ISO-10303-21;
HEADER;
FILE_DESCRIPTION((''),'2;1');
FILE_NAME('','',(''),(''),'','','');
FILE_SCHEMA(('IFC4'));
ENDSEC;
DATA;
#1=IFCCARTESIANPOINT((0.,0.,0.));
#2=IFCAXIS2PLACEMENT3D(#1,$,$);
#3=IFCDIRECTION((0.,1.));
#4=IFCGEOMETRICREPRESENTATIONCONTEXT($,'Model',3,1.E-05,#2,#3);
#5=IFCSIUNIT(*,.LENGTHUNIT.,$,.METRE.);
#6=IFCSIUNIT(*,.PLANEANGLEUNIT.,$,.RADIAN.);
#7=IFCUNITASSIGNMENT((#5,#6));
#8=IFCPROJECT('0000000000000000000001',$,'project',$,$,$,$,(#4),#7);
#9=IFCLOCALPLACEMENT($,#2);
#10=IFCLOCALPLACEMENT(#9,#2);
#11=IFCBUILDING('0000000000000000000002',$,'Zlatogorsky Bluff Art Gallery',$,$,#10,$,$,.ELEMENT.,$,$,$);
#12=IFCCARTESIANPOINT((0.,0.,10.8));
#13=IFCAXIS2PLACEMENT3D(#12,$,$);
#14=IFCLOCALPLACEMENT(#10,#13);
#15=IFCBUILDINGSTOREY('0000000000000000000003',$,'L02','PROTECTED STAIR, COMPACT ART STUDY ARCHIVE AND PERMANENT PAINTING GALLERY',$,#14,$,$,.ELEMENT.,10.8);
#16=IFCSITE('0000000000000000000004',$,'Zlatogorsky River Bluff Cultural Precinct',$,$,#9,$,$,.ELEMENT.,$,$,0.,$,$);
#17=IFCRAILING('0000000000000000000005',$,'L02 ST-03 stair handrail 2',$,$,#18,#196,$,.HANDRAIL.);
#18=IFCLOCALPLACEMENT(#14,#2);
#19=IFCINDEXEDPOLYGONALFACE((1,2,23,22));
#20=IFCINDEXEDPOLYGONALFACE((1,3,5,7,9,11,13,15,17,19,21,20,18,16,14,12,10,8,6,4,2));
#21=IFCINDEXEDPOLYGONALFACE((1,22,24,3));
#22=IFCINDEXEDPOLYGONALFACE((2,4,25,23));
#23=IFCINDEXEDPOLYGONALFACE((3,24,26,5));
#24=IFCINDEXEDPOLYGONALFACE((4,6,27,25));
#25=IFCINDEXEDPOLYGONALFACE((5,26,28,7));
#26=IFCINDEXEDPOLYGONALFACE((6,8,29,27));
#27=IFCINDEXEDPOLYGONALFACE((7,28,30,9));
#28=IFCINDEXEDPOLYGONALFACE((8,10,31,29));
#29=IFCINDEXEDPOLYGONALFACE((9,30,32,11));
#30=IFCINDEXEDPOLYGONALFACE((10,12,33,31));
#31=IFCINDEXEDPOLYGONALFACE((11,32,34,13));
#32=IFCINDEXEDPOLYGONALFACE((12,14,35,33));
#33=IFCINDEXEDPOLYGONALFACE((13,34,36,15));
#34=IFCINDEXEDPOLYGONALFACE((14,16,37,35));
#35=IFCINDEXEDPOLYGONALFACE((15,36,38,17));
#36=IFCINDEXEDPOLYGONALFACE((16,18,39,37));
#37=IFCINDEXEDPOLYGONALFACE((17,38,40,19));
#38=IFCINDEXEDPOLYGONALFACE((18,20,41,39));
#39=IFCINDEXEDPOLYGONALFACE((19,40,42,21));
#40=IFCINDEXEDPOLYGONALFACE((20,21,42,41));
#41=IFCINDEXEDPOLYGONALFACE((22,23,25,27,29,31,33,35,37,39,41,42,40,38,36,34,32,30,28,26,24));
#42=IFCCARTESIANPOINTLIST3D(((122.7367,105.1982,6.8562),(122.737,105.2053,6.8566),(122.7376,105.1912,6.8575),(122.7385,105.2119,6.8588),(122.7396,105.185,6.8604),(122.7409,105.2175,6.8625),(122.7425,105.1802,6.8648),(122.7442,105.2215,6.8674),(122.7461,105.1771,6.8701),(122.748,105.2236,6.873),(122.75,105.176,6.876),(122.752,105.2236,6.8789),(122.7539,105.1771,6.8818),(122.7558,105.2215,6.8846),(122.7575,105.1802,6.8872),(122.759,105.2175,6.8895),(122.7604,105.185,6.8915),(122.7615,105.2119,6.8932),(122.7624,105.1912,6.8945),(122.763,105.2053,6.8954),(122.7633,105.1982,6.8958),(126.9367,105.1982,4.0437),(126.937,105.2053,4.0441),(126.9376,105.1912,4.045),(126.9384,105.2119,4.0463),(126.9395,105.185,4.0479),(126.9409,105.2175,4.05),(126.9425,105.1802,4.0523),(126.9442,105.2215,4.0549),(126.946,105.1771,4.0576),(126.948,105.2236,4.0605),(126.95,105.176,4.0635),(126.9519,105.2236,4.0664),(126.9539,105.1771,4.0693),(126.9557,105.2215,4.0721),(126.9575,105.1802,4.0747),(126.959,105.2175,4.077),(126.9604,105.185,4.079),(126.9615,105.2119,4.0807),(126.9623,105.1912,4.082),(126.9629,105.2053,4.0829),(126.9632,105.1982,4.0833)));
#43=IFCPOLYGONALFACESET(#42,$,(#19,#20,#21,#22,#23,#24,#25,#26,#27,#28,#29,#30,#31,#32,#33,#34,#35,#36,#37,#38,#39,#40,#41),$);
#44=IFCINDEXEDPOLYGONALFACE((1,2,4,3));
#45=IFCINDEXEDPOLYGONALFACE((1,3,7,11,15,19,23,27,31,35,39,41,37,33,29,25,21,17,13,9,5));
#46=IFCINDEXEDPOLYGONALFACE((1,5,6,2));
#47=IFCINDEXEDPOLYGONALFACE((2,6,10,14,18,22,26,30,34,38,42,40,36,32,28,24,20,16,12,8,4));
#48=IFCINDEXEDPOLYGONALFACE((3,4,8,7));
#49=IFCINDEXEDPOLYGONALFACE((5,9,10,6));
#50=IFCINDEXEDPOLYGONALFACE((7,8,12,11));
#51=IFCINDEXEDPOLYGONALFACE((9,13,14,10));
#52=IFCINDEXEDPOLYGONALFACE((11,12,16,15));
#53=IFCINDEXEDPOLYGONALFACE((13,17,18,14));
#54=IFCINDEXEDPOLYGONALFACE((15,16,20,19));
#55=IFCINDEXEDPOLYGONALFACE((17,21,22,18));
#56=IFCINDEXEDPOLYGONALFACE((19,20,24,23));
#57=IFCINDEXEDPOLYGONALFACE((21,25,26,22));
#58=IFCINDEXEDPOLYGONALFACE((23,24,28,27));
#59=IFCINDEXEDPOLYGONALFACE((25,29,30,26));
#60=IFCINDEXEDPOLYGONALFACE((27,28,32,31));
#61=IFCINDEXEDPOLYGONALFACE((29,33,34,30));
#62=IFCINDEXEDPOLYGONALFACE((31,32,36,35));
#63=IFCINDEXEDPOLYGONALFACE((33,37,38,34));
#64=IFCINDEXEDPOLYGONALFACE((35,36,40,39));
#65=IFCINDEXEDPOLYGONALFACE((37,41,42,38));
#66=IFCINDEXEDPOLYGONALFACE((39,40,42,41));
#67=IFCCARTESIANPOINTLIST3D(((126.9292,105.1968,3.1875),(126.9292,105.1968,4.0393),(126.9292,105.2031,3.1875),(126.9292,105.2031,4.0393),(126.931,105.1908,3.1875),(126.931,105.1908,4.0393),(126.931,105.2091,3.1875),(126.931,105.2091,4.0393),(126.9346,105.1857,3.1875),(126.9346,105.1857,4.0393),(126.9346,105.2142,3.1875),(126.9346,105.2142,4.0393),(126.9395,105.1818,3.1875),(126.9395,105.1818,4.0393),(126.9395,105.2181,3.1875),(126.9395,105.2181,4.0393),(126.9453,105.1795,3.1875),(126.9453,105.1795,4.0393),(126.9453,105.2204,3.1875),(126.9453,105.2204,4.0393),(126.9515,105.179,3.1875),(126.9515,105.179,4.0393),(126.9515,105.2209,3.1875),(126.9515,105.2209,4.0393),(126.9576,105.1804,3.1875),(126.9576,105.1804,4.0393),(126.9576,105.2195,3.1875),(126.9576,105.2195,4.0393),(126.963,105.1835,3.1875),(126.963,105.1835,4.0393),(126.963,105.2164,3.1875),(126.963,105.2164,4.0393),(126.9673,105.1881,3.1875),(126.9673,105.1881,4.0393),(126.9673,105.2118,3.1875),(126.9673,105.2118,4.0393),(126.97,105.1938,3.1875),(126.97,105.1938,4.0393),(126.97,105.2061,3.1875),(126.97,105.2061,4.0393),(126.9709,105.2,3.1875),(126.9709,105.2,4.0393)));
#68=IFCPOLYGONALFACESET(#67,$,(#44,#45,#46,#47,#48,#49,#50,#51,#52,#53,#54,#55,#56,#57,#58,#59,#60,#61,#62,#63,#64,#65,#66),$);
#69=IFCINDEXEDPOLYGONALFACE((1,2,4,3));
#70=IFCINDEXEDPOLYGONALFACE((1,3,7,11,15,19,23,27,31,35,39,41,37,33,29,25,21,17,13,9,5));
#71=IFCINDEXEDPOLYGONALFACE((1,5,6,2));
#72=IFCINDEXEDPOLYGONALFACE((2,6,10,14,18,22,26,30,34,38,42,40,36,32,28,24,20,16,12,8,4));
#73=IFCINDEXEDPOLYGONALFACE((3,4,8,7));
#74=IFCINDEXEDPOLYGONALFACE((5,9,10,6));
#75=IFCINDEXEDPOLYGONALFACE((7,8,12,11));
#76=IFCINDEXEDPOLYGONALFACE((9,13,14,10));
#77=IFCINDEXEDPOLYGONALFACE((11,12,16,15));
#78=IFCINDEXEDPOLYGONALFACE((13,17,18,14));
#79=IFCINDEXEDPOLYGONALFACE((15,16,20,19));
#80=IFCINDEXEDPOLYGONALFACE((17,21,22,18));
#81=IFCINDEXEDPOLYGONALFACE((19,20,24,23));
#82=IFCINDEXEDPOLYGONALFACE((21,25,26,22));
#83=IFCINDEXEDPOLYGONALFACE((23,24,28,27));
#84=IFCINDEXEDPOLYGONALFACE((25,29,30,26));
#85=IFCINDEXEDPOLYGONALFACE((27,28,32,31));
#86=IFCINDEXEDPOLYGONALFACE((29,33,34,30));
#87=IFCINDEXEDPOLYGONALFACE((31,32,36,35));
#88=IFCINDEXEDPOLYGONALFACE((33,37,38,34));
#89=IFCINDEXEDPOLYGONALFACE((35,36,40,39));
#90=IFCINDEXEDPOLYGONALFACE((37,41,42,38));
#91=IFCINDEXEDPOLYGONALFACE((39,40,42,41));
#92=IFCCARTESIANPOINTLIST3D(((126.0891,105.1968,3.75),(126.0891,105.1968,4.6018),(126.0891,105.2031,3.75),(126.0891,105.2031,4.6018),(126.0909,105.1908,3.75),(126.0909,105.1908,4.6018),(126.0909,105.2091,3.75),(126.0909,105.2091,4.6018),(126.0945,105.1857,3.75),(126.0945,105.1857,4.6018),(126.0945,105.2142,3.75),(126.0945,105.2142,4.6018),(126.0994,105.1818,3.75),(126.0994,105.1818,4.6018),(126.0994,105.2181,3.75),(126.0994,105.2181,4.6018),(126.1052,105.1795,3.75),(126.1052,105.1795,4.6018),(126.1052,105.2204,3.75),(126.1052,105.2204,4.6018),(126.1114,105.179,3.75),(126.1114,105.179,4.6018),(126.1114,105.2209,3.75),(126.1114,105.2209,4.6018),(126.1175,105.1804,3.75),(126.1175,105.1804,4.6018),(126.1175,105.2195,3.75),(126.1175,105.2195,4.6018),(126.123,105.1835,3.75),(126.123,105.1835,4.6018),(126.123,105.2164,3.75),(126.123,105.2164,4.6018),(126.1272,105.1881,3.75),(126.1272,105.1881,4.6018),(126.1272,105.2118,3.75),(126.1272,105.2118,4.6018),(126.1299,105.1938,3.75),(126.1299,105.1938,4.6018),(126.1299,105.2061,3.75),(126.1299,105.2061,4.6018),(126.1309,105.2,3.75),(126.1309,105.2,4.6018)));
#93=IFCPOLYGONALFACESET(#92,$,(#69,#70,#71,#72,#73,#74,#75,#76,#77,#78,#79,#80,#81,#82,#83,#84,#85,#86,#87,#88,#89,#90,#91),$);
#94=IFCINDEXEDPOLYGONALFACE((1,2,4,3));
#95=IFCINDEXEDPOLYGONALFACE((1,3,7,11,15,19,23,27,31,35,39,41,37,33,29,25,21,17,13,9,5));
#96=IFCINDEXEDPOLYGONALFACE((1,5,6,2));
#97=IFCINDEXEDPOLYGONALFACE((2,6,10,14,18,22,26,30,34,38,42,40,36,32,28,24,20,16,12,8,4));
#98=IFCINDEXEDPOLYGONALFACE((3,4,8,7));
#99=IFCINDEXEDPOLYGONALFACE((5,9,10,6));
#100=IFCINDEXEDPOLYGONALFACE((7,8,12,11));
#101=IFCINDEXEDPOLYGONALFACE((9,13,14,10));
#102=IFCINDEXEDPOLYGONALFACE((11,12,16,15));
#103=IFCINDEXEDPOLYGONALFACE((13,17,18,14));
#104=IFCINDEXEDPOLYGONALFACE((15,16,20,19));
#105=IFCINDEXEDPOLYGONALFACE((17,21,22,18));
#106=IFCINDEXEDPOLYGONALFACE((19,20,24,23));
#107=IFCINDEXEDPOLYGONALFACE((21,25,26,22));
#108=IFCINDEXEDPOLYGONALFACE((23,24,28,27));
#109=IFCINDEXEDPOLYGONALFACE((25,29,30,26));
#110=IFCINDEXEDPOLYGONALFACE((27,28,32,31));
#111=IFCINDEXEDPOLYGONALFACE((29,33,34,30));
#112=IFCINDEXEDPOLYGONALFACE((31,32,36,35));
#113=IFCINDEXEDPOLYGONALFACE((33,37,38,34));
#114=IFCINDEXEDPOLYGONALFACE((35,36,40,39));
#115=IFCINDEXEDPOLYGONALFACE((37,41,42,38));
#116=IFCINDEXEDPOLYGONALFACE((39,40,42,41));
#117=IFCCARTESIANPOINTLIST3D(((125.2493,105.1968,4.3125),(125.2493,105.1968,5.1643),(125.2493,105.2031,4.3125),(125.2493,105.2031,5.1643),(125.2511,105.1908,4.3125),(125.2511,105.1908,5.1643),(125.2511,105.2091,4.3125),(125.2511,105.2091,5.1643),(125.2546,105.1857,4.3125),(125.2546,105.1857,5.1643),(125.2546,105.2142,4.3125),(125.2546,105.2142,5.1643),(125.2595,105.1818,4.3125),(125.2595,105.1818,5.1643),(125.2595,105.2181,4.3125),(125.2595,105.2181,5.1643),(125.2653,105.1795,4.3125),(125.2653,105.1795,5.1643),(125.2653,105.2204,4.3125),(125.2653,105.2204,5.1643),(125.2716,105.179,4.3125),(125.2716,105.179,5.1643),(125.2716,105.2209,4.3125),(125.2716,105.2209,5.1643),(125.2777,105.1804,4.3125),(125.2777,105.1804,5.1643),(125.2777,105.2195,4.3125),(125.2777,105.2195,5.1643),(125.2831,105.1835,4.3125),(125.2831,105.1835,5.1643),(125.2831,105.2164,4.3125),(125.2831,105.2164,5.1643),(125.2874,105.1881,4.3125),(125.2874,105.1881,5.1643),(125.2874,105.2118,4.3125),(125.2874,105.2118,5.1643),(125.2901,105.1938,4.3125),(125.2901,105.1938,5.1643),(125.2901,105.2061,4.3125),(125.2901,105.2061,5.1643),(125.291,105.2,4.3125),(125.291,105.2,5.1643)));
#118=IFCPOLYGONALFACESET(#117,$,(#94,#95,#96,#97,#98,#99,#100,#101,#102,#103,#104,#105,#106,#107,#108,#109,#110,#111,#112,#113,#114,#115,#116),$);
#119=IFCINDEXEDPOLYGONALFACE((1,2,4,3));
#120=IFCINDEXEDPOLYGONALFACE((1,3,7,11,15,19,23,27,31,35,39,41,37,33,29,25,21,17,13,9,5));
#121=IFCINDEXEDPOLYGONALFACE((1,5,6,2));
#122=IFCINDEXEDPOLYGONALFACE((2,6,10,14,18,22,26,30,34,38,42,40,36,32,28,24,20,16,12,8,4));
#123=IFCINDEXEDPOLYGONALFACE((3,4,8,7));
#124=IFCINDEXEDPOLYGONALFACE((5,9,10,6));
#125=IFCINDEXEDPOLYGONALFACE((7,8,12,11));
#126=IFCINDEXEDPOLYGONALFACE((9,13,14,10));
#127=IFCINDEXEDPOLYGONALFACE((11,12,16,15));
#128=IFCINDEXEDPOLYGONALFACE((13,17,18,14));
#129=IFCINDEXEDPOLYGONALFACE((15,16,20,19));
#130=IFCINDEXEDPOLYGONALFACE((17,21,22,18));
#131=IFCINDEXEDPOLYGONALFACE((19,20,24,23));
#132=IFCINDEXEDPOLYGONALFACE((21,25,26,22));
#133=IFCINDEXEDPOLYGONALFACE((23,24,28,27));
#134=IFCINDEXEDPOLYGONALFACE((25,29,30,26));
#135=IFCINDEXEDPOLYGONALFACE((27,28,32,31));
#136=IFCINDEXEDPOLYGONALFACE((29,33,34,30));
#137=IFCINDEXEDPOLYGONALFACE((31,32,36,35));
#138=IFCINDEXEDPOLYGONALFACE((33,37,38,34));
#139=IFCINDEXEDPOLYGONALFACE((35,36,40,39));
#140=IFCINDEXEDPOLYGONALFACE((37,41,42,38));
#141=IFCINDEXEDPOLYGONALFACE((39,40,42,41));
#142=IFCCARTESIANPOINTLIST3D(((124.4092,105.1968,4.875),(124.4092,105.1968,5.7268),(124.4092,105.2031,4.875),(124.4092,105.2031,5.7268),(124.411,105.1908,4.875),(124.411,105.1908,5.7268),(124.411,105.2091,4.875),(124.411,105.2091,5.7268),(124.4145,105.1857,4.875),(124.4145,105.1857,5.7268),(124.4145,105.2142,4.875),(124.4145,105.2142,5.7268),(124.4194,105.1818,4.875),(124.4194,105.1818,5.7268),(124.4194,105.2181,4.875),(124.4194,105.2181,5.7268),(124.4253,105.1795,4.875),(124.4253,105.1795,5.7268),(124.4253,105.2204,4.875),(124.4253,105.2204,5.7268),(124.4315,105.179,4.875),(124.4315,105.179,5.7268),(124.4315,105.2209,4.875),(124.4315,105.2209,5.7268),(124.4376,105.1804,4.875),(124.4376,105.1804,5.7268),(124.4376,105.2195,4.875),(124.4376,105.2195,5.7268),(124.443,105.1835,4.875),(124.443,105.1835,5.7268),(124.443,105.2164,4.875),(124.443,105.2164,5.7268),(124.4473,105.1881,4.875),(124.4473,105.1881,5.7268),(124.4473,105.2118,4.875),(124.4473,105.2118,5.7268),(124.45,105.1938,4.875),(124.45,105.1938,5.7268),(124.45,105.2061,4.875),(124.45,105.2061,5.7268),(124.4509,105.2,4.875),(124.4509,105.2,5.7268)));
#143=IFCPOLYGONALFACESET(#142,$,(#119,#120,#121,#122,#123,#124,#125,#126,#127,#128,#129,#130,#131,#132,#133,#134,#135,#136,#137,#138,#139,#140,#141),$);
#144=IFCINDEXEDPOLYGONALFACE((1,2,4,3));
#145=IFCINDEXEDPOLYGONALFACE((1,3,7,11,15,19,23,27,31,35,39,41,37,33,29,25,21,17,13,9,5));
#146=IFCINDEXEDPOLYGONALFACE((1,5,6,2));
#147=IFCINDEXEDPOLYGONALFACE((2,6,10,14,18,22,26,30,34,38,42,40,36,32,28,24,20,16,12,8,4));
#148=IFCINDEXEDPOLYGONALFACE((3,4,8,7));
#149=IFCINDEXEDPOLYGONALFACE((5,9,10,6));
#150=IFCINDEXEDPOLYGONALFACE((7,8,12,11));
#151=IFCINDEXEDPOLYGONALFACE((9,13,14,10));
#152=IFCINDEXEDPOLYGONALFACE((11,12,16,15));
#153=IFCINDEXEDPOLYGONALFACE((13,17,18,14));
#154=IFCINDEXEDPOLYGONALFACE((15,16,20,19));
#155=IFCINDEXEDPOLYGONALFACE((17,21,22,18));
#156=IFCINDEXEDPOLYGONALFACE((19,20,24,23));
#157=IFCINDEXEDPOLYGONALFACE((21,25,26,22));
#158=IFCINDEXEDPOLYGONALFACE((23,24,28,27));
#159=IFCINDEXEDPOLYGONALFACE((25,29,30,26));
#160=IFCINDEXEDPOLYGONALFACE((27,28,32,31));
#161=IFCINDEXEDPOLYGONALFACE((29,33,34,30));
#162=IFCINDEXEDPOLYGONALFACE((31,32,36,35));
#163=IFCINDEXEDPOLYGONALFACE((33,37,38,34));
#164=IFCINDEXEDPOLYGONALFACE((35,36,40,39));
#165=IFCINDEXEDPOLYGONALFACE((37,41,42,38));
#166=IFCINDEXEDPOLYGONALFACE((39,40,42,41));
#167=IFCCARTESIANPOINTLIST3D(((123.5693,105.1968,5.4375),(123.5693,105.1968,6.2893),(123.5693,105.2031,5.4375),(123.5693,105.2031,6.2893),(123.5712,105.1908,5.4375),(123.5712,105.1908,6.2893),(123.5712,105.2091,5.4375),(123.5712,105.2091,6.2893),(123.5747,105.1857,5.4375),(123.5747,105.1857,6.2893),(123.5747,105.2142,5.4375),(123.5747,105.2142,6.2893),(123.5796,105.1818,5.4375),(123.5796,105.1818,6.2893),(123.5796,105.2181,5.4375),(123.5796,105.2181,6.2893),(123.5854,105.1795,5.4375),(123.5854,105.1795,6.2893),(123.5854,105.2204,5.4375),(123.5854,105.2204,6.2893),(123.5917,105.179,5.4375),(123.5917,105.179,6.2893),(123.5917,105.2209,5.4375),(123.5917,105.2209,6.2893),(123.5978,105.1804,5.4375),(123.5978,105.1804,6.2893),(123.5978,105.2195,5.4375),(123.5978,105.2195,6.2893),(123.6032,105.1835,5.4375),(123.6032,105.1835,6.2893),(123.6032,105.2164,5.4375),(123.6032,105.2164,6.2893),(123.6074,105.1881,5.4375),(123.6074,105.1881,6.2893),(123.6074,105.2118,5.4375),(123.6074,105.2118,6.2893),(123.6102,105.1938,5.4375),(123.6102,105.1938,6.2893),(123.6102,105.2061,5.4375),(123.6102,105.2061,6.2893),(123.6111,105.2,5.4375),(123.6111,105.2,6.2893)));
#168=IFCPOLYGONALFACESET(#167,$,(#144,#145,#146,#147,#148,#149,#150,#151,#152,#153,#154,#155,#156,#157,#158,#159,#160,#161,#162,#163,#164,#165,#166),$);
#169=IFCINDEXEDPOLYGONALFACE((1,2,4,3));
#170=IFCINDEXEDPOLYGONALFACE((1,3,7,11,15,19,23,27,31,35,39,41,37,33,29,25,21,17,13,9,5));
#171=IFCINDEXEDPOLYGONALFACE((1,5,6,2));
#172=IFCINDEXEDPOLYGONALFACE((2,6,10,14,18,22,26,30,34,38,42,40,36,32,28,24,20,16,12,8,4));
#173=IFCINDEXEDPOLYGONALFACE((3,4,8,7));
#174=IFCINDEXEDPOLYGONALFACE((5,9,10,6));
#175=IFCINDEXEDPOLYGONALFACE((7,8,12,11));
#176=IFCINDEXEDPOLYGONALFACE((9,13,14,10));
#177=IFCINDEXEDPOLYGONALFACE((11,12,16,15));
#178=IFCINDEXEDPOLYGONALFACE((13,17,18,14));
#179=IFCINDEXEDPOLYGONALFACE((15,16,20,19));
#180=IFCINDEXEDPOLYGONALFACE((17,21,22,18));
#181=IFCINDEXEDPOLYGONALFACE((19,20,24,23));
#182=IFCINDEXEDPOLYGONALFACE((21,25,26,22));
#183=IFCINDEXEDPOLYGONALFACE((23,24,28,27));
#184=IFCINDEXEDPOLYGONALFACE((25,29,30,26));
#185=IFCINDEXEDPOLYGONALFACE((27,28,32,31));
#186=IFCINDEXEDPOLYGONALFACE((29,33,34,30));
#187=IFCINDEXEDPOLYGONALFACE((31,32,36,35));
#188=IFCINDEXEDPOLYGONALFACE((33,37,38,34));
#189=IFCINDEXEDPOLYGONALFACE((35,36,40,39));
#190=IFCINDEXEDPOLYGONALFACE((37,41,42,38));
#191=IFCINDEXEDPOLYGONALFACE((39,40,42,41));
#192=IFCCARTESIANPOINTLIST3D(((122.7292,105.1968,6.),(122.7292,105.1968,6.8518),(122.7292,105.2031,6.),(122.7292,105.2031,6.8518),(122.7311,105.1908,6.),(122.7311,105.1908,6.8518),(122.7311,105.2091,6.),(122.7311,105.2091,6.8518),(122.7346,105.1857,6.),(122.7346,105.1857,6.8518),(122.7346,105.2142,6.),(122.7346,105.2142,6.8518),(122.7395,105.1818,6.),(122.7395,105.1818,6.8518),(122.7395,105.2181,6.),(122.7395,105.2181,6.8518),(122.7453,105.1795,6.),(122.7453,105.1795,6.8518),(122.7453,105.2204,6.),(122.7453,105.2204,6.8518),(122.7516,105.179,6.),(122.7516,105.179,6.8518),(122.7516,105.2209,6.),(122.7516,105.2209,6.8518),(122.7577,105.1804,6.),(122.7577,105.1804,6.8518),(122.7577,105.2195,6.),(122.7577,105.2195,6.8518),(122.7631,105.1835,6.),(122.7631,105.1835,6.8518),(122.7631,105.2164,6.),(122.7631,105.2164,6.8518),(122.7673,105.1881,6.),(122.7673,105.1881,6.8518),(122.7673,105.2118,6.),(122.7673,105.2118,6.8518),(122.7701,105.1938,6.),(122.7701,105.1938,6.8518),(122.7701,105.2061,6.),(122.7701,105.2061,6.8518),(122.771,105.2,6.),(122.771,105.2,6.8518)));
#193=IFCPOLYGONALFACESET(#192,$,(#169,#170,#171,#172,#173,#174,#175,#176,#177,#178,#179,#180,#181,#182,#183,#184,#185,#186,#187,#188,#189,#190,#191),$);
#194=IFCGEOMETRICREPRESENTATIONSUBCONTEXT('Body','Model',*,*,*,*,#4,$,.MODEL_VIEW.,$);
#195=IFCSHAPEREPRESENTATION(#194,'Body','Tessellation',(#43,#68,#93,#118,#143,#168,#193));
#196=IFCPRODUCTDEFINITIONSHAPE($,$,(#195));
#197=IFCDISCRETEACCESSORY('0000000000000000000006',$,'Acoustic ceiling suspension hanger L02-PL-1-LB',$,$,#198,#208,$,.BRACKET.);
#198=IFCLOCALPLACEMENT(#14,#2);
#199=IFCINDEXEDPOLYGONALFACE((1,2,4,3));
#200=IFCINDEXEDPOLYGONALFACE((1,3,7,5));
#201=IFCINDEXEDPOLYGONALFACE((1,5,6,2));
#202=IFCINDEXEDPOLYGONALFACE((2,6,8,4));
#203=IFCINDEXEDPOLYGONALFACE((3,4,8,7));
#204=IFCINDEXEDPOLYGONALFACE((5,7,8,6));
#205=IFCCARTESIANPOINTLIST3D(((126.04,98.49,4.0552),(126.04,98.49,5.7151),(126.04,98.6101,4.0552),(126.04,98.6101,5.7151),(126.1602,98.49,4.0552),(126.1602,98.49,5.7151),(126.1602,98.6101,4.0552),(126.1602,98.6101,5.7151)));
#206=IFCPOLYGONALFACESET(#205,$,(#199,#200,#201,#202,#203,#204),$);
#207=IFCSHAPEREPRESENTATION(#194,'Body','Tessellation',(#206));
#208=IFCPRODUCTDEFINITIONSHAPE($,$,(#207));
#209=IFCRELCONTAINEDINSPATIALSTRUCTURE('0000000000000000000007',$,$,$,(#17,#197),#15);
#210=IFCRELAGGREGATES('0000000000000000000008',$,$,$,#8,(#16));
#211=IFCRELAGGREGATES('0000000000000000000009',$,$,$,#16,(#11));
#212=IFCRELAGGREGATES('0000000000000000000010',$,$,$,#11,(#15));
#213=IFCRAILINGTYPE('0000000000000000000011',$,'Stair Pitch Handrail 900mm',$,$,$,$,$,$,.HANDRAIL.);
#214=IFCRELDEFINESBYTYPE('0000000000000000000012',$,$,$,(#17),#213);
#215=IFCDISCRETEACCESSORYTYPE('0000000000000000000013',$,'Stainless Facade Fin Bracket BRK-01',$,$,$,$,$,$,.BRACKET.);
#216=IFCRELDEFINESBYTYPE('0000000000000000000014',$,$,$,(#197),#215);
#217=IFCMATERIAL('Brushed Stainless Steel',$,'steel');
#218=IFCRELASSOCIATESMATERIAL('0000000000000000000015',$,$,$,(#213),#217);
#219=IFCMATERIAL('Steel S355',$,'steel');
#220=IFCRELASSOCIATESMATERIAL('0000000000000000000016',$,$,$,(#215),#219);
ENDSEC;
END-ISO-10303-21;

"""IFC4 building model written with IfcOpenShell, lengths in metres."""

from ifc_helpers import new_model, si_unit, direction, frame, origin, origin_2d, place, context, subcontext, project, spatial, rectangle, circle, extrude, material, type_object, element, save


model = new_model("IFC4")

# Units and contexts
model_context = context("Model", 3, precision=1e-05, world=origin(), true_north=direction((0.0, 1.0)))
body_context = subcontext(model_context, "Body", "Model", "MODEL_VIEW")
ifc_project = project(units=[si_unit("LENGTHUNIT", "METRE"), si_unit("PLANEANGLEUNIT", "RADIAN")], contexts=[model_context])

# Site, building, storey
site_placement = place(None, origin())
site = spatial("IfcSite", under=ifc_project, at=site_placement, Name="Zlatogorsky River Bluff Cultural Precinct", CompositionType="ELEMENT", RefElevation=0.0)
building_placement = place(site_placement, origin())
building = spatial("IfcBuilding", under=site, at=building_placement, Name="Zlatogorsky Bluff Art Gallery", CompositionType="ELEMENT")
storey_placement = place(building_placement, frame((0.0, 0.0, 10.8)))
storey = spatial("IfcBuildingStorey", under=building, at=storey_placement, Name="L02", Description="PROTECTED STAIR, COMPACT ART STUDY ARCHIVE AND PERMANENT PAINTING GALLERY", CompositionType="ELEMENT", Elevation=10.8)

# Shared definitions
ifc_material_1 = material(Name="Steel S355", Category="steel")

# Railing
ifc_material_2 = material(Name="Brushed Stainless Steel", Category="steel")
railing_type_1 = type_object("IfcRailingType", Name="Stair Pitch Handrail 900mm", PredefinedType="HANDRAIL", material=ifc_material_2)
railing_1_placement = place(storey_placement, frame((126.95, 105.2, 3.1875)))
element("IfcRailing", 1, at=railing_1_placement, inside=storey, type_object=railing_type_1, Name="L02 ST-03 stair handrail 2", PredefinedType="HANDRAIL", context=body_context, shape_type="SweptSolid", body=[
    extrude(circle(Radius=0.0239, at=origin_2d()), frame((0.0, 0.0, 0.876), z_axis=(-0.830904, 0.0, 0.556416), x_axis=(0.0, -1.0, 0.0)), (0.0, 0.0, 1.0), 5.0547),
    extrude(circle(Radius=0.021, at=origin_2d()), origin(), (0.0, 0.0, 1.0), 0.8518),
    extrude(circle(Radius=0.021, at=origin_2d()), frame((-0.8401, 0.0, 0.5625)), (0.0, 0.0, 1.0), 0.8518),
    extrude(circle(Radius=0.021, at=origin_2d()), frame((-1.6799, 0.0, 1.125)), (0.0, 0.0, 1.0), 0.8518),
    extrude(circle(Radius=0.021, at=origin_2d()), frame((-2.52, 0.0, 1.6875)), (0.0, 0.0, 1.0), 0.8518),
    extrude(circle(Radius=0.021, at=origin_2d()), frame((-3.3599, 0.0, 2.25)), (0.0, 0.0, 1.0), 0.8518),
    extrude(circle(Radius=0.021, at=origin_2d()), frame((-4.2, 0.0, 2.8125)), (0.0, 0.0, 1.0), 0.8518),
])

# Discrete accessory
discrete_accessory_type = type_object("IfcDiscreteAccessoryType", Name="Stainless Facade Fin Bracket BRK-01", PredefinedType="BRACKET", material=ifc_material_1)
discrete_accessory_placement = place(storey_placement, frame((126.1001, 98.55, 4.0552), z_axis=(0.0, 0.0, 1.0), x_axis=(1.0, 0.0, 0.0)))
element("IfcDiscreteAccessory", 2, at=discrete_accessory_placement, inside=storey, type_object=discrete_accessory_type, Name="Acoustic ceiling suspension hanger L02-PL-1-LB", PredefinedType="BRACKET", context=body_context, shape_type="SweptSolid", body=[
    extrude(rectangle(XDim=0.1201, YDim=0.1201, at=origin_2d()), origin(), (0.0, 0.0, 1.0), 1.6599),
])

save(model, "model.ifc")
